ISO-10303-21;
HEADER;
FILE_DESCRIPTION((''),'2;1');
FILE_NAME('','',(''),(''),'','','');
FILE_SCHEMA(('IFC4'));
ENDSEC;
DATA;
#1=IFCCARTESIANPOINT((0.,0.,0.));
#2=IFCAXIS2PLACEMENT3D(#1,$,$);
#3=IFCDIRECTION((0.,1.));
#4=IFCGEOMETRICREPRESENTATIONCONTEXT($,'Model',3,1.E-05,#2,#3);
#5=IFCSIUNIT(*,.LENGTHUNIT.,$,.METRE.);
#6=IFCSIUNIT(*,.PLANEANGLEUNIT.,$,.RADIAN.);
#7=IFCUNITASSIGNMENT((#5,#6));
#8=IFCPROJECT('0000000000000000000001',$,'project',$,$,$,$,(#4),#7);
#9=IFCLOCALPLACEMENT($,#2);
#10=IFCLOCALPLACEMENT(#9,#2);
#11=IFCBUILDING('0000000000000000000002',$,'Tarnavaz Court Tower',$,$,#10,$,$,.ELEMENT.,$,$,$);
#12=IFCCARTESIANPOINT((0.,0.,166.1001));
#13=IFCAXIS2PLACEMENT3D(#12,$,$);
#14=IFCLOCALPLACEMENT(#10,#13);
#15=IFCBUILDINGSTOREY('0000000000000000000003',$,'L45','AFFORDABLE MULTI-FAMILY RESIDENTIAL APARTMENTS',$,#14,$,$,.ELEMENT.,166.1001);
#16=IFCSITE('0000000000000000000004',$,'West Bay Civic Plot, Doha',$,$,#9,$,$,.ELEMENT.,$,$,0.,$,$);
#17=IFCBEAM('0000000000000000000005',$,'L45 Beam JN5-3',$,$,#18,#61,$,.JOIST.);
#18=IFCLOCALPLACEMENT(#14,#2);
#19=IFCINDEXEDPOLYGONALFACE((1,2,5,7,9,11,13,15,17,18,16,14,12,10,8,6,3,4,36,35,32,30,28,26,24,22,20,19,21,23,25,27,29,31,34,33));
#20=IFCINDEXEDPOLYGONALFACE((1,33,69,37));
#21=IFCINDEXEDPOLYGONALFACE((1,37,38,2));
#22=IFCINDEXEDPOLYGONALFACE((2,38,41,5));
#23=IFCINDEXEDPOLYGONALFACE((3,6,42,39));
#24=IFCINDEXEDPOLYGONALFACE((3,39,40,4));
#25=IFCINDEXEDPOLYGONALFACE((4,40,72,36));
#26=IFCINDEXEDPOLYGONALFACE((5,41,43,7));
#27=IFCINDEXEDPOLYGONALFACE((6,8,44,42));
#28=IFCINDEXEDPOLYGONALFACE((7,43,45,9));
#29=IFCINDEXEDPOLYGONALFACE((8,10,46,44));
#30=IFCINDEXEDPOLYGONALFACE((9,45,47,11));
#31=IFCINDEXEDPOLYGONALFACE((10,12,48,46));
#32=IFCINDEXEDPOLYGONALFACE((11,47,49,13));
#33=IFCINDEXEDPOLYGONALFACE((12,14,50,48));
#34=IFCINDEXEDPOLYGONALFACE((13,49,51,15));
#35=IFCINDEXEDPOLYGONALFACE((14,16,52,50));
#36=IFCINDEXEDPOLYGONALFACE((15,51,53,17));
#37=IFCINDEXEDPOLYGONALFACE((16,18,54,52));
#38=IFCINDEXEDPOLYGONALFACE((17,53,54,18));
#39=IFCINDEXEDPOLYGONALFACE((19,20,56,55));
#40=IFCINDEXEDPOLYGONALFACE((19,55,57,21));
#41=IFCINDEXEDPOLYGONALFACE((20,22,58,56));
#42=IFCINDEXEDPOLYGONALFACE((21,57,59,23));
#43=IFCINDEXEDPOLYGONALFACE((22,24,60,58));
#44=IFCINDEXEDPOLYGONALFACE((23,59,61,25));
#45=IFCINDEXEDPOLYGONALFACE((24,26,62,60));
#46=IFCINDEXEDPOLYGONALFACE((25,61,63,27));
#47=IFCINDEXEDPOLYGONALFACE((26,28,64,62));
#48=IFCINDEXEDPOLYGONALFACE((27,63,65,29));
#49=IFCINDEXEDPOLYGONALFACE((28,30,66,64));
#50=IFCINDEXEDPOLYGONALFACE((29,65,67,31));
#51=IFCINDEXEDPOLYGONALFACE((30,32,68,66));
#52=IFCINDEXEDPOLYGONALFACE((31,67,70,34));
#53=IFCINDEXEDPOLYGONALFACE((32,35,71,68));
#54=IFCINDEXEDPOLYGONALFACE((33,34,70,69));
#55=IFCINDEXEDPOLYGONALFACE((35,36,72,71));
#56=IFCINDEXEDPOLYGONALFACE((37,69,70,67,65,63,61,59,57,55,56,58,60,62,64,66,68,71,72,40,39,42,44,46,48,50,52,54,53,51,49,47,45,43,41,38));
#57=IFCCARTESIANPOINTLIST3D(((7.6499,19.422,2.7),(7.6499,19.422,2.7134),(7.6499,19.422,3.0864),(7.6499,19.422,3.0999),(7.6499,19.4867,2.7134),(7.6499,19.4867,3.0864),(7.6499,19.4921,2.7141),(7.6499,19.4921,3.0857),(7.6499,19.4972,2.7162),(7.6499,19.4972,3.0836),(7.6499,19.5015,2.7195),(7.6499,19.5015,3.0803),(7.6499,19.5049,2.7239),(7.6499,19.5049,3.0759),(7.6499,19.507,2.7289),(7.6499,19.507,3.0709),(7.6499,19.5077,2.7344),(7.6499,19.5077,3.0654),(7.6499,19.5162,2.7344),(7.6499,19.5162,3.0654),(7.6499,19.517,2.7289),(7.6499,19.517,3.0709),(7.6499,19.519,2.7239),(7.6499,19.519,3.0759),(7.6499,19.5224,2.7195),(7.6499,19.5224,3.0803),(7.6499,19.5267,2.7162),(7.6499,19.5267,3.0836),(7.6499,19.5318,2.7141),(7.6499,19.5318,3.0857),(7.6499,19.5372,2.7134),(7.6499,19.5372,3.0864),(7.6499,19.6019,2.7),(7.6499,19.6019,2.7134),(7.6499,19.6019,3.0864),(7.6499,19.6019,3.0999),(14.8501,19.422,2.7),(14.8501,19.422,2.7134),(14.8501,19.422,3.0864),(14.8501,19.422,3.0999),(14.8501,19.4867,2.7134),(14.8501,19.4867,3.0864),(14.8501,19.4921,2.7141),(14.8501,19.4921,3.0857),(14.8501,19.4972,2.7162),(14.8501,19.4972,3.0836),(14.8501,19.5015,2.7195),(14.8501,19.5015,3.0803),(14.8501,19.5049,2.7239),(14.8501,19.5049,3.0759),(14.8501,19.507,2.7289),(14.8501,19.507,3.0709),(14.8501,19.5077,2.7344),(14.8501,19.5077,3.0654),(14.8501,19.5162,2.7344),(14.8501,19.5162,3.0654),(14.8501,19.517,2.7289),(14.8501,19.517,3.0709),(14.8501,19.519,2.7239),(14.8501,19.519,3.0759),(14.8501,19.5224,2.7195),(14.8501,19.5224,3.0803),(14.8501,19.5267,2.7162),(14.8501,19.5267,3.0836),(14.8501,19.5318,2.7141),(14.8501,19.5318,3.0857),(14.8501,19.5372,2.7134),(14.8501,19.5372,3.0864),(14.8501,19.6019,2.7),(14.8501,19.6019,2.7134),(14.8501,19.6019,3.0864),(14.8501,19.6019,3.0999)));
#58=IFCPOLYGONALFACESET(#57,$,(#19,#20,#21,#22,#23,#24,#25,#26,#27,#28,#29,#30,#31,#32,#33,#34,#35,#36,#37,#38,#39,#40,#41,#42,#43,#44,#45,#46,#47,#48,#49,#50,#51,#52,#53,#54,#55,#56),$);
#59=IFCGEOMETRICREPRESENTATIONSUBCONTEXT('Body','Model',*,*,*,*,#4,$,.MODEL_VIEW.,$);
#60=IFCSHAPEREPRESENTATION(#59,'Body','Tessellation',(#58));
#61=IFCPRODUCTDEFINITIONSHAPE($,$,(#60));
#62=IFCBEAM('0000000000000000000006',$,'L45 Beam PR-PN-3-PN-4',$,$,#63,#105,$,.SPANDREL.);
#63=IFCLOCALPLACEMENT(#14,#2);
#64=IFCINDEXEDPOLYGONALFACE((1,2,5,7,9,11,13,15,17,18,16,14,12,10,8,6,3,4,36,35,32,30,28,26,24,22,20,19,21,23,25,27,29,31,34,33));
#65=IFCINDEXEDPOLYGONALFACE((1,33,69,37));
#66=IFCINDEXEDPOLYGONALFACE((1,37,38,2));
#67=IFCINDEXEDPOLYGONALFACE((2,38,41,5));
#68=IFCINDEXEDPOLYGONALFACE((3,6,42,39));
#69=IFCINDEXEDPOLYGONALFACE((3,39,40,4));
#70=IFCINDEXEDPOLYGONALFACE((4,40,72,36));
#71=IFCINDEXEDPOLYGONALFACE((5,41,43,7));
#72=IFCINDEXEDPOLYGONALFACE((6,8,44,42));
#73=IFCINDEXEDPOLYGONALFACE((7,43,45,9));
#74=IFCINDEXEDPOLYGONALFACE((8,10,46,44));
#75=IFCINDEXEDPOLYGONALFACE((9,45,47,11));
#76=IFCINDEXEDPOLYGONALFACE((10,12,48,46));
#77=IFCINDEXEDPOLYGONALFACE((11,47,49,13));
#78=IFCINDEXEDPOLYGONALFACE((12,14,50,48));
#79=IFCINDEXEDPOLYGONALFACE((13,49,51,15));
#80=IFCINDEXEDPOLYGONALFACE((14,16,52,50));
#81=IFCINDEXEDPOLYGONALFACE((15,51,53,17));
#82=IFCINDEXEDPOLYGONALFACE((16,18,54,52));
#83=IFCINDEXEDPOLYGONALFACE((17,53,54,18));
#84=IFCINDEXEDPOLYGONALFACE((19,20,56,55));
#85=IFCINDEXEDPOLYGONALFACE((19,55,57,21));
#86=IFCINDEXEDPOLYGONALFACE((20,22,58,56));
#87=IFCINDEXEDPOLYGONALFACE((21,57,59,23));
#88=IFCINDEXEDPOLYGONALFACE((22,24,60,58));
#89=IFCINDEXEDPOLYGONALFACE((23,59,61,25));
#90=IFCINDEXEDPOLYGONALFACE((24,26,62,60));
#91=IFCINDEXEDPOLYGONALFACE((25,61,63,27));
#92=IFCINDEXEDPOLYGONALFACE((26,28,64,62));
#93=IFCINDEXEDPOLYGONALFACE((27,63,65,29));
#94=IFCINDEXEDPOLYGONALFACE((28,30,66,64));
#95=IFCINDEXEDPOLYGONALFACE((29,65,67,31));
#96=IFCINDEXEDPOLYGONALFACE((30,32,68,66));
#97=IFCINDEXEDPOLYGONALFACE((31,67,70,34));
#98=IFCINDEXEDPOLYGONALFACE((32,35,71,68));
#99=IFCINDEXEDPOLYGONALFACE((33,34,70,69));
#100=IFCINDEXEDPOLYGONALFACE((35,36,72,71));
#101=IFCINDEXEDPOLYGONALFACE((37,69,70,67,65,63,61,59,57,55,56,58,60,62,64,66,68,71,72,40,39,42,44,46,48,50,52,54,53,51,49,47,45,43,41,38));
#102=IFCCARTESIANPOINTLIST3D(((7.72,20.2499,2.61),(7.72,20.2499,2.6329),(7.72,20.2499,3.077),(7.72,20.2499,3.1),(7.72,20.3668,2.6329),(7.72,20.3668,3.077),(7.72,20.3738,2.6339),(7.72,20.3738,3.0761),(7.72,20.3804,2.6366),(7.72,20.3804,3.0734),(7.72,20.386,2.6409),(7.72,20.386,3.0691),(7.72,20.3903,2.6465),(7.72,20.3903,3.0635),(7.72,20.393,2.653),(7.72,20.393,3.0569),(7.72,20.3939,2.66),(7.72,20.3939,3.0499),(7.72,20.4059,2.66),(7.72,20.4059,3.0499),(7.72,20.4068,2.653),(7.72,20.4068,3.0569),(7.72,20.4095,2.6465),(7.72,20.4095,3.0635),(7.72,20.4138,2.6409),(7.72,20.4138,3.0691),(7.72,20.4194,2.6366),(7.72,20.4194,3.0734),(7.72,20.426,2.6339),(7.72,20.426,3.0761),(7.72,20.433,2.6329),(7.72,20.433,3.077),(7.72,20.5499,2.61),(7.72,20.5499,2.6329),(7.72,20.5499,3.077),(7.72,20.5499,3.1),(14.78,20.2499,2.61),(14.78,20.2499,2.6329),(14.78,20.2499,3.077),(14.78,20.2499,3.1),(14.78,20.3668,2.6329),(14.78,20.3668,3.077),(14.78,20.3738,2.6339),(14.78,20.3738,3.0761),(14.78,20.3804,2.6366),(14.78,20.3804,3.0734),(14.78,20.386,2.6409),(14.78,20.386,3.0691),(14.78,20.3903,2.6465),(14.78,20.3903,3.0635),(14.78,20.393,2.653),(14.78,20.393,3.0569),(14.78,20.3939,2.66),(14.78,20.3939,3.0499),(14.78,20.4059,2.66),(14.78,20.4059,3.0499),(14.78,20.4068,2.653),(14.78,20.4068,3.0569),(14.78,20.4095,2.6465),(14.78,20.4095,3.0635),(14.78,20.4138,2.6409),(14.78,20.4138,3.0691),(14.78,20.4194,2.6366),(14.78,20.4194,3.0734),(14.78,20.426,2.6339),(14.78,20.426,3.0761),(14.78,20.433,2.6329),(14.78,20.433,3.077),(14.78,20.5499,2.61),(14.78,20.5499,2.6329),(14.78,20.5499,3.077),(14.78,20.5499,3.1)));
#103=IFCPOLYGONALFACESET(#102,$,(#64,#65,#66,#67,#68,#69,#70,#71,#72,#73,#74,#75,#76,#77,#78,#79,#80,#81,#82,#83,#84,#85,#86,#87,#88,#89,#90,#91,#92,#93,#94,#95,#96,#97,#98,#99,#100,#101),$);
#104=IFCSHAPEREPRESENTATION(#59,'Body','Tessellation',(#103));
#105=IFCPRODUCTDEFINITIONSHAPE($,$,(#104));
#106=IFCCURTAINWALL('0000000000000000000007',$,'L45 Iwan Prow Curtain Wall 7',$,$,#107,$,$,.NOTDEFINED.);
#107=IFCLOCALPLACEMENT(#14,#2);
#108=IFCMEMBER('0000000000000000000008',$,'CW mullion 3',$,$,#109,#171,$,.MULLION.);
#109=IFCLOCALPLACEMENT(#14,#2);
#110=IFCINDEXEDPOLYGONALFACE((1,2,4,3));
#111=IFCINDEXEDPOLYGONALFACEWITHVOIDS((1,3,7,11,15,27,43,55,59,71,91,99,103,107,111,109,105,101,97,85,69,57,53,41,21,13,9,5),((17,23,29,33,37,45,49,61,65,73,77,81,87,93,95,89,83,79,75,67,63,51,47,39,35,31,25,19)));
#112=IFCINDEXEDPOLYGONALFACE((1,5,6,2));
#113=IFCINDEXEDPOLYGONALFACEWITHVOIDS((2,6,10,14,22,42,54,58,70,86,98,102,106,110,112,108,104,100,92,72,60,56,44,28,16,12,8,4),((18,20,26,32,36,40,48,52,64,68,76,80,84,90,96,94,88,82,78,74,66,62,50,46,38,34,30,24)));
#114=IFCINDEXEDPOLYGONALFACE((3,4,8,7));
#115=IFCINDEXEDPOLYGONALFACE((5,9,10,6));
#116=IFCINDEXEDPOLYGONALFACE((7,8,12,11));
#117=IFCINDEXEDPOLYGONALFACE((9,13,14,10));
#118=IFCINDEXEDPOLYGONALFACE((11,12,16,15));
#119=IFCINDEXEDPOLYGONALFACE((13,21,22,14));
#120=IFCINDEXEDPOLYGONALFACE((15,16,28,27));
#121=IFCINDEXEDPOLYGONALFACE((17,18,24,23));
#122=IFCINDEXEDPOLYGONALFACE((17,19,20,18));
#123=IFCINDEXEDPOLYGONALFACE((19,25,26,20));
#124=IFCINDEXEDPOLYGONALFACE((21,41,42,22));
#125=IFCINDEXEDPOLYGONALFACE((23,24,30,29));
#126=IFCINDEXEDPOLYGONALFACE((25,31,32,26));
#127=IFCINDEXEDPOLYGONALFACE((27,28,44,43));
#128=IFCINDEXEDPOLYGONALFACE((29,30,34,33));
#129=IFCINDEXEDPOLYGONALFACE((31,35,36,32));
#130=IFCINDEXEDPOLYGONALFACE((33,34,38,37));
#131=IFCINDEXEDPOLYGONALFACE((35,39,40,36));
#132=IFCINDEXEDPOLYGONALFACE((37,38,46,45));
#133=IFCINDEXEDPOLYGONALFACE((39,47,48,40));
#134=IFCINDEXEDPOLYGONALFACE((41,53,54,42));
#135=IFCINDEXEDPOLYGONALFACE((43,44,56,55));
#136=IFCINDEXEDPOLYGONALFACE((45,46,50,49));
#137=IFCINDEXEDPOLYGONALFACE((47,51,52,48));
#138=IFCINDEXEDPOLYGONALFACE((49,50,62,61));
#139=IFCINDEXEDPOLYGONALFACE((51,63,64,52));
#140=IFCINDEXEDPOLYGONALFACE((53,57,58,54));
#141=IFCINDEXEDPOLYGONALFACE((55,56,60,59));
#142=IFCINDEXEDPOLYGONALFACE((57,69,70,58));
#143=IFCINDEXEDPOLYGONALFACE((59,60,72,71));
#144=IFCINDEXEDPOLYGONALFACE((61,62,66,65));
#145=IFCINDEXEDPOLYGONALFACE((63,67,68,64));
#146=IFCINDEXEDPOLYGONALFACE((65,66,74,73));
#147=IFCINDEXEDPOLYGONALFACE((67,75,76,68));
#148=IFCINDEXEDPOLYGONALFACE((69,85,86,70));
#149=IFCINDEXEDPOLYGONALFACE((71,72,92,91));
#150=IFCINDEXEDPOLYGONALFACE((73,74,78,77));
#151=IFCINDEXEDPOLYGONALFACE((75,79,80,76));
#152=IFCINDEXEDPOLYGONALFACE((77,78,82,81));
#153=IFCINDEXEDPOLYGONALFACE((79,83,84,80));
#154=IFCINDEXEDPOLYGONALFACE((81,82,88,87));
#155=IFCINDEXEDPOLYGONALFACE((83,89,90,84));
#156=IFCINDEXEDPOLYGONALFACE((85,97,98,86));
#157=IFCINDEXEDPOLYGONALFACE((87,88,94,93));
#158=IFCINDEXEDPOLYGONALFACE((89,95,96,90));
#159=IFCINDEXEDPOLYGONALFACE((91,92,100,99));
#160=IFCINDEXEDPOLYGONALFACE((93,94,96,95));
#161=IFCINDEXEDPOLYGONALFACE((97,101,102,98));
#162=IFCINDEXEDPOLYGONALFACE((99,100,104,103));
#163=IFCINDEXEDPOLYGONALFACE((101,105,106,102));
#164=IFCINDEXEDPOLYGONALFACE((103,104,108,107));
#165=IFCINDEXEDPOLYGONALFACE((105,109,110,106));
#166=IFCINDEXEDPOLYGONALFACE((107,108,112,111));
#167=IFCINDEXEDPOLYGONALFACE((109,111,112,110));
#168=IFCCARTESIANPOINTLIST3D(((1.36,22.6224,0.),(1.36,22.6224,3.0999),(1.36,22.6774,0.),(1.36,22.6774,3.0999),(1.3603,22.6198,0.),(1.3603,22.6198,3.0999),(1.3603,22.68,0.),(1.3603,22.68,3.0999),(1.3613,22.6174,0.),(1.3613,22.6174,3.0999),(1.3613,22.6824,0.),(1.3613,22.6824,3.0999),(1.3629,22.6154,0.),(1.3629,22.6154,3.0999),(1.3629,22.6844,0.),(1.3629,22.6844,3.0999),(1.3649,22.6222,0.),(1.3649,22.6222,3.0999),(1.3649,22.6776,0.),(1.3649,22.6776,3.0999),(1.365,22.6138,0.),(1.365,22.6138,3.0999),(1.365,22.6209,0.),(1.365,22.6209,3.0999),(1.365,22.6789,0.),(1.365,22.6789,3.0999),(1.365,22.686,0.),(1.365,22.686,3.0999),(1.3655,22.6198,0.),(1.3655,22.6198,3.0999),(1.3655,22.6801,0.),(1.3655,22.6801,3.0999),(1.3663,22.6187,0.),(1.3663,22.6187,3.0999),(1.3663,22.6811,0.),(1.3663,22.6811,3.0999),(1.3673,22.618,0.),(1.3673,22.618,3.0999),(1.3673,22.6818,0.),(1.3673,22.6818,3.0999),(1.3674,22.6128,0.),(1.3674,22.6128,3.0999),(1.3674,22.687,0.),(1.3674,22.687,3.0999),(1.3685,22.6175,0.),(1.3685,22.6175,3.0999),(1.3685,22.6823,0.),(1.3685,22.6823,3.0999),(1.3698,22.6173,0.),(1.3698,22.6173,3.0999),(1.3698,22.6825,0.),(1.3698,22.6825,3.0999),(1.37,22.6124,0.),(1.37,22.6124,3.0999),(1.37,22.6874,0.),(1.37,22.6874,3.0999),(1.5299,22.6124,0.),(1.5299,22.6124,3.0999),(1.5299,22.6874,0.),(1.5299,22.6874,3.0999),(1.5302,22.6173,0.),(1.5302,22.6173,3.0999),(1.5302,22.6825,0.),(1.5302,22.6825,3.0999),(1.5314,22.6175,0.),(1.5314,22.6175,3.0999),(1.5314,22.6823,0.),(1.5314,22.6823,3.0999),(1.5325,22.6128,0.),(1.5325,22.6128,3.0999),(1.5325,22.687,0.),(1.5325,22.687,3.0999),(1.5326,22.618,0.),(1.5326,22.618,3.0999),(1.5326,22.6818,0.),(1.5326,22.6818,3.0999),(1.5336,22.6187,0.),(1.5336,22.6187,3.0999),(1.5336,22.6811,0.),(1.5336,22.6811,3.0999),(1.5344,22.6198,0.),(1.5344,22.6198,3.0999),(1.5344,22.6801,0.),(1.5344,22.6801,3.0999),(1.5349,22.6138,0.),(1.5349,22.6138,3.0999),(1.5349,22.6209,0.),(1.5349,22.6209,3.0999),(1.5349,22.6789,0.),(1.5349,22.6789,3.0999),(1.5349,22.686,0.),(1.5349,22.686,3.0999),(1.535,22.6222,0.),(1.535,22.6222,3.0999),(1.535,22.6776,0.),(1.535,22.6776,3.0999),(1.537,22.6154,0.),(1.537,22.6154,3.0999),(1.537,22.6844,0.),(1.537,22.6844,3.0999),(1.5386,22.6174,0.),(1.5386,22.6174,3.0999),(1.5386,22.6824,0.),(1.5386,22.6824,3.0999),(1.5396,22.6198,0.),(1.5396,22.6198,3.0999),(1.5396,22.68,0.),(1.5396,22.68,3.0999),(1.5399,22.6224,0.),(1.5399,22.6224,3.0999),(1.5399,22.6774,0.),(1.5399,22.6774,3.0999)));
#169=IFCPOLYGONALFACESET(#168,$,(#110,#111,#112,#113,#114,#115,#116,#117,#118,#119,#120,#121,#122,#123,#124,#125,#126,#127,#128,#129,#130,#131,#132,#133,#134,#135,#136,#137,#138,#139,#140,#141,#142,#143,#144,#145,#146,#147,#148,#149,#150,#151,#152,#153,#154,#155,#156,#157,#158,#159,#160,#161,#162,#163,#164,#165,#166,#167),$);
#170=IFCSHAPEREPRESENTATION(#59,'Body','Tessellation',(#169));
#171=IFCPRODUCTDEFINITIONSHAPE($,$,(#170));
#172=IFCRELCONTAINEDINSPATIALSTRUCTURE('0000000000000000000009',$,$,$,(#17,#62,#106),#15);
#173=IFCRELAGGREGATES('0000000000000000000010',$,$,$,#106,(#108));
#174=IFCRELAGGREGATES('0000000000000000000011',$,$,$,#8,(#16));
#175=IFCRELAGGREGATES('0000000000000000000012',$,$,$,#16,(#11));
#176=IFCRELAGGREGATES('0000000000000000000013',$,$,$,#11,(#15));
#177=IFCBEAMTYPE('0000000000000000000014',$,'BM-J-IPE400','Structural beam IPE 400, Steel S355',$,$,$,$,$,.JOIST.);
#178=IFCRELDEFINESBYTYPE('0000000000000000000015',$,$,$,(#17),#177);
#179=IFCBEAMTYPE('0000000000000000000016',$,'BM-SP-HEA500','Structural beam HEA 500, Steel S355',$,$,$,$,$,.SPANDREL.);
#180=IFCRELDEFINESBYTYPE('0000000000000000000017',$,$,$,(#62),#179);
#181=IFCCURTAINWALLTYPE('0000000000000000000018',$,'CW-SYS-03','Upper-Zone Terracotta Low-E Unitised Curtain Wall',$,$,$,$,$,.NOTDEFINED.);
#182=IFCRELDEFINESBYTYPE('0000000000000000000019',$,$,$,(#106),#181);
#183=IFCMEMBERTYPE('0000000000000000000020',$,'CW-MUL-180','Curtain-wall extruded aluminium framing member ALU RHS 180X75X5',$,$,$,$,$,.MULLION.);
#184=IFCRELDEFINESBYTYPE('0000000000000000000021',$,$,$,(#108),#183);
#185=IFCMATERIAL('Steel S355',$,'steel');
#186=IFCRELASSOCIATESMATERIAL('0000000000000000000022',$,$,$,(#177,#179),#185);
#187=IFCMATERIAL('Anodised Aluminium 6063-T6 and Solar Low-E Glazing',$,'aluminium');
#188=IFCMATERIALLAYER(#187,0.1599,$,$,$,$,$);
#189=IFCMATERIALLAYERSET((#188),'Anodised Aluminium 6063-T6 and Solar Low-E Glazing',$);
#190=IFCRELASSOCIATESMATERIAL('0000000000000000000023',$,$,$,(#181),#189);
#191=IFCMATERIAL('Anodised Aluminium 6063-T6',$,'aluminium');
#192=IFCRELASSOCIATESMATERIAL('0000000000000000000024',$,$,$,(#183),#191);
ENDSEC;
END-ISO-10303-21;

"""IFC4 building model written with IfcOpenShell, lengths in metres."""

from ifc_helpers import new_model, si_unit, direction, frame, origin, origin_2d, place, context, subcontext, project, spatial, hollow_rectangle, i_section, extrude, material, layer, layer_set, material_profile, profile_set, type_object, element, aggregate, save


model = new_model("IFC4")

# Units and contexts
model_context = context("Model", 3, precision=1e-05, world=origin(), true_north=direction((0.0, 1.0)))
body_context = subcontext(model_context, "Body", "Model", "MODEL_VIEW")
ifc_project = project(units=[si_unit("LENGTHUNIT", "METRE"), si_unit("PLANEANGLEUNIT", "RADIAN")], contexts=[model_context])

# Site, building, storey
site_placement = place(None, origin())
site = spatial("IfcSite", under=ifc_project, at=site_placement, Name="West Bay Civic Plot, Doha", CompositionType="ELEMENT", RefElevation=0.0)
building_placement = place(site_placement, origin())
building = spatial("IfcBuilding", under=site, at=building_placement, Name="Tarnavaz Court Tower", CompositionType="ELEMENT")
storey_placement = place(building_placement, frame((0.0, 0.0, 166.1001)))
storey = spatial("IfcBuildingStorey", under=building, at=storey_placement, Name="L45", Description="AFFORDABLE MULTI-FAMILY RESIDENTIAL APARTMENTS", CompositionType="ELEMENT", Elevation=166.1001)

# Beams
ifc_material_1 = material(Name="Steel S355", Category="steel")
ifc_material_profile_1 = material_profile(ifc_material_1, i_section(OverallWidth=0.1799, OverallDepth=0.3999, WebThickness=0.0085, FlangeThickness=0.0134, FilletRadius=0.021, at=origin_2d()), Name="IPE 400")
ifc_profile_set_1 = profile_set([ifc_material_profile_1], Name="Steel S355")
beam_type_1 = type_object("IfcBeamType", Name="BM-J-IPE400", Description="Structural beam IPE 400, Steel S355", PredefinedType="JOIST", material=ifc_profile_set_1)
for number, where, z_axis, x_axis, name in (
    (1, (7.6499, 19.512, 2.8999), (1.0, 0.0, 0.0), (0.0, 1.0, 0.0), "L45 Beam JN5-3"),
):
    element("IfcBeam", number, at=place(storey_placement, frame(where, z_axis=z_axis, x_axis=x_axis)), inside=storey, type_object=beam_type_1, Name=name, PredefinedType="JOIST", context=body_context, shape_type="SweptSolid", body=[
        extrude(i_section(OverallWidth=0.1799, OverallDepth=0.3999, WebThickness=0.0085, FlangeThickness=0.0134, FilletRadius=0.021, at=origin_2d()), origin(), (0.0, 0.0, 1.0), 7.2002),
    ])
ifc_material_profile_2 = material_profile(ifc_material_1, i_section(OverallWidth=0.3, OverallDepth=0.49, WebThickness=0.012, FlangeThickness=0.0229, FilletRadius=0.0271, at=origin_2d()), Name="HEA 500")
ifc_profile_set_2 = profile_set([ifc_material_profile_2], Name="Steel S355")
beam_type_2 = type_object("IfcBeamType", Name="BM-SP-HEA500", Description="Structural beam HEA 500, Steel S355", PredefinedType="SPANDREL", material=ifc_profile_set_2)
beam_placement = place(storey_placement, frame((7.72, 20.3999, 2.855), z_axis=(1.0, 0.0, 0.0), x_axis=(0.0, 1.0, 0.0)))
element("IfcBeam", 2, at=beam_placement, inside=storey, type_object=beam_type_2, Name="L45 Beam PR-PN-3-PN-4", PredefinedType="SPANDREL", context=body_context, shape_type="SweptSolid", body=[
    extrude(i_section(OverallWidth=0.3, OverallDepth=0.49, WebThickness=0.012, FlangeThickness=0.0229, FilletRadius=0.0271, at=origin_2d()), origin(), (0.0, 0.0, 1.0), 7.0601),
])

# Curtain wall, member
ifc_material_2 = material(Name="Anodised Aluminium 6063-T6 and Solar Low-E Glazing", Category="aluminium")
ifc_layer_1 = layer(ifc_material_2, 0.1599)
ifc_layer_set_1 = layer_set([ifc_layer_1], Name="Anodised Aluminium 6063-T6 and Solar Low-E Glazing")
curtain_wall_type = type_object("IfcCurtainWallType", Name="CW-SYS-03", Description="Upper-Zone Terracotta Low-E Unitised Curtain Wall", PredefinedType="NOTDEFINED", material=ifc_layer_set_1)
curtain_wall_placement = place(storey_placement, origin())
curtain_wall = element("IfcCurtainWall", 3, at=curtain_wall_placement, inside=storey, type_object=curtain_wall_type, Name="L45 Iwan Prow Curtain Wall 7", PredefinedType="NOTDEFINED")
ifc_material_3 = material(Name="Anodised Aluminium 6063-T6", Category="aluminium")
ifc_material_profile_3 = material_profile(ifc_material_3, hollow_rectangle(XDim=0.075, YDim=0.1799, WallThickness=0.0049, InnerFilletRadius=0.0049, OuterFilletRadius=0.01, at=origin_2d()), Name="ALU RHS 180X75X5")
ifc_profile_set_3 = profile_set([ifc_material_profile_3], Name="Anodised Aluminium 6063-T6")
member_type_1 = type_object("IfcMemberType", Name="CW-MUL-180", Description="Curtain-wall extruded aluminium framing member ALU RHS 180X75X5", PredefinedType="MULLION", material=ifc_profile_set_3)
member_1_placement = place(storey_placement, frame((1.45, 22.6499, 0.0), z_axis=(0.0, 0.0, 1.0), x_axis=(0.0, 1.0, 0.0)))
member_1 = element("IfcMember", 4, at=member_1_placement, type_object=member_type_1, Name="CW mullion 3", PredefinedType="MULLION", context=body_context, shape_type="SweptSolid", body=[
    extrude(hollow_rectangle(XDim=0.075, YDim=0.1799, WallThickness=0.0049, InnerFilletRadius=0.0049, OuterFilletRadius=0.01, at=origin_2d()), origin(), (0.0, 0.0, 1.0), 3.0999),
])
aggregate(curtain_wall, [member_1])

save(model, "model.ifc")
